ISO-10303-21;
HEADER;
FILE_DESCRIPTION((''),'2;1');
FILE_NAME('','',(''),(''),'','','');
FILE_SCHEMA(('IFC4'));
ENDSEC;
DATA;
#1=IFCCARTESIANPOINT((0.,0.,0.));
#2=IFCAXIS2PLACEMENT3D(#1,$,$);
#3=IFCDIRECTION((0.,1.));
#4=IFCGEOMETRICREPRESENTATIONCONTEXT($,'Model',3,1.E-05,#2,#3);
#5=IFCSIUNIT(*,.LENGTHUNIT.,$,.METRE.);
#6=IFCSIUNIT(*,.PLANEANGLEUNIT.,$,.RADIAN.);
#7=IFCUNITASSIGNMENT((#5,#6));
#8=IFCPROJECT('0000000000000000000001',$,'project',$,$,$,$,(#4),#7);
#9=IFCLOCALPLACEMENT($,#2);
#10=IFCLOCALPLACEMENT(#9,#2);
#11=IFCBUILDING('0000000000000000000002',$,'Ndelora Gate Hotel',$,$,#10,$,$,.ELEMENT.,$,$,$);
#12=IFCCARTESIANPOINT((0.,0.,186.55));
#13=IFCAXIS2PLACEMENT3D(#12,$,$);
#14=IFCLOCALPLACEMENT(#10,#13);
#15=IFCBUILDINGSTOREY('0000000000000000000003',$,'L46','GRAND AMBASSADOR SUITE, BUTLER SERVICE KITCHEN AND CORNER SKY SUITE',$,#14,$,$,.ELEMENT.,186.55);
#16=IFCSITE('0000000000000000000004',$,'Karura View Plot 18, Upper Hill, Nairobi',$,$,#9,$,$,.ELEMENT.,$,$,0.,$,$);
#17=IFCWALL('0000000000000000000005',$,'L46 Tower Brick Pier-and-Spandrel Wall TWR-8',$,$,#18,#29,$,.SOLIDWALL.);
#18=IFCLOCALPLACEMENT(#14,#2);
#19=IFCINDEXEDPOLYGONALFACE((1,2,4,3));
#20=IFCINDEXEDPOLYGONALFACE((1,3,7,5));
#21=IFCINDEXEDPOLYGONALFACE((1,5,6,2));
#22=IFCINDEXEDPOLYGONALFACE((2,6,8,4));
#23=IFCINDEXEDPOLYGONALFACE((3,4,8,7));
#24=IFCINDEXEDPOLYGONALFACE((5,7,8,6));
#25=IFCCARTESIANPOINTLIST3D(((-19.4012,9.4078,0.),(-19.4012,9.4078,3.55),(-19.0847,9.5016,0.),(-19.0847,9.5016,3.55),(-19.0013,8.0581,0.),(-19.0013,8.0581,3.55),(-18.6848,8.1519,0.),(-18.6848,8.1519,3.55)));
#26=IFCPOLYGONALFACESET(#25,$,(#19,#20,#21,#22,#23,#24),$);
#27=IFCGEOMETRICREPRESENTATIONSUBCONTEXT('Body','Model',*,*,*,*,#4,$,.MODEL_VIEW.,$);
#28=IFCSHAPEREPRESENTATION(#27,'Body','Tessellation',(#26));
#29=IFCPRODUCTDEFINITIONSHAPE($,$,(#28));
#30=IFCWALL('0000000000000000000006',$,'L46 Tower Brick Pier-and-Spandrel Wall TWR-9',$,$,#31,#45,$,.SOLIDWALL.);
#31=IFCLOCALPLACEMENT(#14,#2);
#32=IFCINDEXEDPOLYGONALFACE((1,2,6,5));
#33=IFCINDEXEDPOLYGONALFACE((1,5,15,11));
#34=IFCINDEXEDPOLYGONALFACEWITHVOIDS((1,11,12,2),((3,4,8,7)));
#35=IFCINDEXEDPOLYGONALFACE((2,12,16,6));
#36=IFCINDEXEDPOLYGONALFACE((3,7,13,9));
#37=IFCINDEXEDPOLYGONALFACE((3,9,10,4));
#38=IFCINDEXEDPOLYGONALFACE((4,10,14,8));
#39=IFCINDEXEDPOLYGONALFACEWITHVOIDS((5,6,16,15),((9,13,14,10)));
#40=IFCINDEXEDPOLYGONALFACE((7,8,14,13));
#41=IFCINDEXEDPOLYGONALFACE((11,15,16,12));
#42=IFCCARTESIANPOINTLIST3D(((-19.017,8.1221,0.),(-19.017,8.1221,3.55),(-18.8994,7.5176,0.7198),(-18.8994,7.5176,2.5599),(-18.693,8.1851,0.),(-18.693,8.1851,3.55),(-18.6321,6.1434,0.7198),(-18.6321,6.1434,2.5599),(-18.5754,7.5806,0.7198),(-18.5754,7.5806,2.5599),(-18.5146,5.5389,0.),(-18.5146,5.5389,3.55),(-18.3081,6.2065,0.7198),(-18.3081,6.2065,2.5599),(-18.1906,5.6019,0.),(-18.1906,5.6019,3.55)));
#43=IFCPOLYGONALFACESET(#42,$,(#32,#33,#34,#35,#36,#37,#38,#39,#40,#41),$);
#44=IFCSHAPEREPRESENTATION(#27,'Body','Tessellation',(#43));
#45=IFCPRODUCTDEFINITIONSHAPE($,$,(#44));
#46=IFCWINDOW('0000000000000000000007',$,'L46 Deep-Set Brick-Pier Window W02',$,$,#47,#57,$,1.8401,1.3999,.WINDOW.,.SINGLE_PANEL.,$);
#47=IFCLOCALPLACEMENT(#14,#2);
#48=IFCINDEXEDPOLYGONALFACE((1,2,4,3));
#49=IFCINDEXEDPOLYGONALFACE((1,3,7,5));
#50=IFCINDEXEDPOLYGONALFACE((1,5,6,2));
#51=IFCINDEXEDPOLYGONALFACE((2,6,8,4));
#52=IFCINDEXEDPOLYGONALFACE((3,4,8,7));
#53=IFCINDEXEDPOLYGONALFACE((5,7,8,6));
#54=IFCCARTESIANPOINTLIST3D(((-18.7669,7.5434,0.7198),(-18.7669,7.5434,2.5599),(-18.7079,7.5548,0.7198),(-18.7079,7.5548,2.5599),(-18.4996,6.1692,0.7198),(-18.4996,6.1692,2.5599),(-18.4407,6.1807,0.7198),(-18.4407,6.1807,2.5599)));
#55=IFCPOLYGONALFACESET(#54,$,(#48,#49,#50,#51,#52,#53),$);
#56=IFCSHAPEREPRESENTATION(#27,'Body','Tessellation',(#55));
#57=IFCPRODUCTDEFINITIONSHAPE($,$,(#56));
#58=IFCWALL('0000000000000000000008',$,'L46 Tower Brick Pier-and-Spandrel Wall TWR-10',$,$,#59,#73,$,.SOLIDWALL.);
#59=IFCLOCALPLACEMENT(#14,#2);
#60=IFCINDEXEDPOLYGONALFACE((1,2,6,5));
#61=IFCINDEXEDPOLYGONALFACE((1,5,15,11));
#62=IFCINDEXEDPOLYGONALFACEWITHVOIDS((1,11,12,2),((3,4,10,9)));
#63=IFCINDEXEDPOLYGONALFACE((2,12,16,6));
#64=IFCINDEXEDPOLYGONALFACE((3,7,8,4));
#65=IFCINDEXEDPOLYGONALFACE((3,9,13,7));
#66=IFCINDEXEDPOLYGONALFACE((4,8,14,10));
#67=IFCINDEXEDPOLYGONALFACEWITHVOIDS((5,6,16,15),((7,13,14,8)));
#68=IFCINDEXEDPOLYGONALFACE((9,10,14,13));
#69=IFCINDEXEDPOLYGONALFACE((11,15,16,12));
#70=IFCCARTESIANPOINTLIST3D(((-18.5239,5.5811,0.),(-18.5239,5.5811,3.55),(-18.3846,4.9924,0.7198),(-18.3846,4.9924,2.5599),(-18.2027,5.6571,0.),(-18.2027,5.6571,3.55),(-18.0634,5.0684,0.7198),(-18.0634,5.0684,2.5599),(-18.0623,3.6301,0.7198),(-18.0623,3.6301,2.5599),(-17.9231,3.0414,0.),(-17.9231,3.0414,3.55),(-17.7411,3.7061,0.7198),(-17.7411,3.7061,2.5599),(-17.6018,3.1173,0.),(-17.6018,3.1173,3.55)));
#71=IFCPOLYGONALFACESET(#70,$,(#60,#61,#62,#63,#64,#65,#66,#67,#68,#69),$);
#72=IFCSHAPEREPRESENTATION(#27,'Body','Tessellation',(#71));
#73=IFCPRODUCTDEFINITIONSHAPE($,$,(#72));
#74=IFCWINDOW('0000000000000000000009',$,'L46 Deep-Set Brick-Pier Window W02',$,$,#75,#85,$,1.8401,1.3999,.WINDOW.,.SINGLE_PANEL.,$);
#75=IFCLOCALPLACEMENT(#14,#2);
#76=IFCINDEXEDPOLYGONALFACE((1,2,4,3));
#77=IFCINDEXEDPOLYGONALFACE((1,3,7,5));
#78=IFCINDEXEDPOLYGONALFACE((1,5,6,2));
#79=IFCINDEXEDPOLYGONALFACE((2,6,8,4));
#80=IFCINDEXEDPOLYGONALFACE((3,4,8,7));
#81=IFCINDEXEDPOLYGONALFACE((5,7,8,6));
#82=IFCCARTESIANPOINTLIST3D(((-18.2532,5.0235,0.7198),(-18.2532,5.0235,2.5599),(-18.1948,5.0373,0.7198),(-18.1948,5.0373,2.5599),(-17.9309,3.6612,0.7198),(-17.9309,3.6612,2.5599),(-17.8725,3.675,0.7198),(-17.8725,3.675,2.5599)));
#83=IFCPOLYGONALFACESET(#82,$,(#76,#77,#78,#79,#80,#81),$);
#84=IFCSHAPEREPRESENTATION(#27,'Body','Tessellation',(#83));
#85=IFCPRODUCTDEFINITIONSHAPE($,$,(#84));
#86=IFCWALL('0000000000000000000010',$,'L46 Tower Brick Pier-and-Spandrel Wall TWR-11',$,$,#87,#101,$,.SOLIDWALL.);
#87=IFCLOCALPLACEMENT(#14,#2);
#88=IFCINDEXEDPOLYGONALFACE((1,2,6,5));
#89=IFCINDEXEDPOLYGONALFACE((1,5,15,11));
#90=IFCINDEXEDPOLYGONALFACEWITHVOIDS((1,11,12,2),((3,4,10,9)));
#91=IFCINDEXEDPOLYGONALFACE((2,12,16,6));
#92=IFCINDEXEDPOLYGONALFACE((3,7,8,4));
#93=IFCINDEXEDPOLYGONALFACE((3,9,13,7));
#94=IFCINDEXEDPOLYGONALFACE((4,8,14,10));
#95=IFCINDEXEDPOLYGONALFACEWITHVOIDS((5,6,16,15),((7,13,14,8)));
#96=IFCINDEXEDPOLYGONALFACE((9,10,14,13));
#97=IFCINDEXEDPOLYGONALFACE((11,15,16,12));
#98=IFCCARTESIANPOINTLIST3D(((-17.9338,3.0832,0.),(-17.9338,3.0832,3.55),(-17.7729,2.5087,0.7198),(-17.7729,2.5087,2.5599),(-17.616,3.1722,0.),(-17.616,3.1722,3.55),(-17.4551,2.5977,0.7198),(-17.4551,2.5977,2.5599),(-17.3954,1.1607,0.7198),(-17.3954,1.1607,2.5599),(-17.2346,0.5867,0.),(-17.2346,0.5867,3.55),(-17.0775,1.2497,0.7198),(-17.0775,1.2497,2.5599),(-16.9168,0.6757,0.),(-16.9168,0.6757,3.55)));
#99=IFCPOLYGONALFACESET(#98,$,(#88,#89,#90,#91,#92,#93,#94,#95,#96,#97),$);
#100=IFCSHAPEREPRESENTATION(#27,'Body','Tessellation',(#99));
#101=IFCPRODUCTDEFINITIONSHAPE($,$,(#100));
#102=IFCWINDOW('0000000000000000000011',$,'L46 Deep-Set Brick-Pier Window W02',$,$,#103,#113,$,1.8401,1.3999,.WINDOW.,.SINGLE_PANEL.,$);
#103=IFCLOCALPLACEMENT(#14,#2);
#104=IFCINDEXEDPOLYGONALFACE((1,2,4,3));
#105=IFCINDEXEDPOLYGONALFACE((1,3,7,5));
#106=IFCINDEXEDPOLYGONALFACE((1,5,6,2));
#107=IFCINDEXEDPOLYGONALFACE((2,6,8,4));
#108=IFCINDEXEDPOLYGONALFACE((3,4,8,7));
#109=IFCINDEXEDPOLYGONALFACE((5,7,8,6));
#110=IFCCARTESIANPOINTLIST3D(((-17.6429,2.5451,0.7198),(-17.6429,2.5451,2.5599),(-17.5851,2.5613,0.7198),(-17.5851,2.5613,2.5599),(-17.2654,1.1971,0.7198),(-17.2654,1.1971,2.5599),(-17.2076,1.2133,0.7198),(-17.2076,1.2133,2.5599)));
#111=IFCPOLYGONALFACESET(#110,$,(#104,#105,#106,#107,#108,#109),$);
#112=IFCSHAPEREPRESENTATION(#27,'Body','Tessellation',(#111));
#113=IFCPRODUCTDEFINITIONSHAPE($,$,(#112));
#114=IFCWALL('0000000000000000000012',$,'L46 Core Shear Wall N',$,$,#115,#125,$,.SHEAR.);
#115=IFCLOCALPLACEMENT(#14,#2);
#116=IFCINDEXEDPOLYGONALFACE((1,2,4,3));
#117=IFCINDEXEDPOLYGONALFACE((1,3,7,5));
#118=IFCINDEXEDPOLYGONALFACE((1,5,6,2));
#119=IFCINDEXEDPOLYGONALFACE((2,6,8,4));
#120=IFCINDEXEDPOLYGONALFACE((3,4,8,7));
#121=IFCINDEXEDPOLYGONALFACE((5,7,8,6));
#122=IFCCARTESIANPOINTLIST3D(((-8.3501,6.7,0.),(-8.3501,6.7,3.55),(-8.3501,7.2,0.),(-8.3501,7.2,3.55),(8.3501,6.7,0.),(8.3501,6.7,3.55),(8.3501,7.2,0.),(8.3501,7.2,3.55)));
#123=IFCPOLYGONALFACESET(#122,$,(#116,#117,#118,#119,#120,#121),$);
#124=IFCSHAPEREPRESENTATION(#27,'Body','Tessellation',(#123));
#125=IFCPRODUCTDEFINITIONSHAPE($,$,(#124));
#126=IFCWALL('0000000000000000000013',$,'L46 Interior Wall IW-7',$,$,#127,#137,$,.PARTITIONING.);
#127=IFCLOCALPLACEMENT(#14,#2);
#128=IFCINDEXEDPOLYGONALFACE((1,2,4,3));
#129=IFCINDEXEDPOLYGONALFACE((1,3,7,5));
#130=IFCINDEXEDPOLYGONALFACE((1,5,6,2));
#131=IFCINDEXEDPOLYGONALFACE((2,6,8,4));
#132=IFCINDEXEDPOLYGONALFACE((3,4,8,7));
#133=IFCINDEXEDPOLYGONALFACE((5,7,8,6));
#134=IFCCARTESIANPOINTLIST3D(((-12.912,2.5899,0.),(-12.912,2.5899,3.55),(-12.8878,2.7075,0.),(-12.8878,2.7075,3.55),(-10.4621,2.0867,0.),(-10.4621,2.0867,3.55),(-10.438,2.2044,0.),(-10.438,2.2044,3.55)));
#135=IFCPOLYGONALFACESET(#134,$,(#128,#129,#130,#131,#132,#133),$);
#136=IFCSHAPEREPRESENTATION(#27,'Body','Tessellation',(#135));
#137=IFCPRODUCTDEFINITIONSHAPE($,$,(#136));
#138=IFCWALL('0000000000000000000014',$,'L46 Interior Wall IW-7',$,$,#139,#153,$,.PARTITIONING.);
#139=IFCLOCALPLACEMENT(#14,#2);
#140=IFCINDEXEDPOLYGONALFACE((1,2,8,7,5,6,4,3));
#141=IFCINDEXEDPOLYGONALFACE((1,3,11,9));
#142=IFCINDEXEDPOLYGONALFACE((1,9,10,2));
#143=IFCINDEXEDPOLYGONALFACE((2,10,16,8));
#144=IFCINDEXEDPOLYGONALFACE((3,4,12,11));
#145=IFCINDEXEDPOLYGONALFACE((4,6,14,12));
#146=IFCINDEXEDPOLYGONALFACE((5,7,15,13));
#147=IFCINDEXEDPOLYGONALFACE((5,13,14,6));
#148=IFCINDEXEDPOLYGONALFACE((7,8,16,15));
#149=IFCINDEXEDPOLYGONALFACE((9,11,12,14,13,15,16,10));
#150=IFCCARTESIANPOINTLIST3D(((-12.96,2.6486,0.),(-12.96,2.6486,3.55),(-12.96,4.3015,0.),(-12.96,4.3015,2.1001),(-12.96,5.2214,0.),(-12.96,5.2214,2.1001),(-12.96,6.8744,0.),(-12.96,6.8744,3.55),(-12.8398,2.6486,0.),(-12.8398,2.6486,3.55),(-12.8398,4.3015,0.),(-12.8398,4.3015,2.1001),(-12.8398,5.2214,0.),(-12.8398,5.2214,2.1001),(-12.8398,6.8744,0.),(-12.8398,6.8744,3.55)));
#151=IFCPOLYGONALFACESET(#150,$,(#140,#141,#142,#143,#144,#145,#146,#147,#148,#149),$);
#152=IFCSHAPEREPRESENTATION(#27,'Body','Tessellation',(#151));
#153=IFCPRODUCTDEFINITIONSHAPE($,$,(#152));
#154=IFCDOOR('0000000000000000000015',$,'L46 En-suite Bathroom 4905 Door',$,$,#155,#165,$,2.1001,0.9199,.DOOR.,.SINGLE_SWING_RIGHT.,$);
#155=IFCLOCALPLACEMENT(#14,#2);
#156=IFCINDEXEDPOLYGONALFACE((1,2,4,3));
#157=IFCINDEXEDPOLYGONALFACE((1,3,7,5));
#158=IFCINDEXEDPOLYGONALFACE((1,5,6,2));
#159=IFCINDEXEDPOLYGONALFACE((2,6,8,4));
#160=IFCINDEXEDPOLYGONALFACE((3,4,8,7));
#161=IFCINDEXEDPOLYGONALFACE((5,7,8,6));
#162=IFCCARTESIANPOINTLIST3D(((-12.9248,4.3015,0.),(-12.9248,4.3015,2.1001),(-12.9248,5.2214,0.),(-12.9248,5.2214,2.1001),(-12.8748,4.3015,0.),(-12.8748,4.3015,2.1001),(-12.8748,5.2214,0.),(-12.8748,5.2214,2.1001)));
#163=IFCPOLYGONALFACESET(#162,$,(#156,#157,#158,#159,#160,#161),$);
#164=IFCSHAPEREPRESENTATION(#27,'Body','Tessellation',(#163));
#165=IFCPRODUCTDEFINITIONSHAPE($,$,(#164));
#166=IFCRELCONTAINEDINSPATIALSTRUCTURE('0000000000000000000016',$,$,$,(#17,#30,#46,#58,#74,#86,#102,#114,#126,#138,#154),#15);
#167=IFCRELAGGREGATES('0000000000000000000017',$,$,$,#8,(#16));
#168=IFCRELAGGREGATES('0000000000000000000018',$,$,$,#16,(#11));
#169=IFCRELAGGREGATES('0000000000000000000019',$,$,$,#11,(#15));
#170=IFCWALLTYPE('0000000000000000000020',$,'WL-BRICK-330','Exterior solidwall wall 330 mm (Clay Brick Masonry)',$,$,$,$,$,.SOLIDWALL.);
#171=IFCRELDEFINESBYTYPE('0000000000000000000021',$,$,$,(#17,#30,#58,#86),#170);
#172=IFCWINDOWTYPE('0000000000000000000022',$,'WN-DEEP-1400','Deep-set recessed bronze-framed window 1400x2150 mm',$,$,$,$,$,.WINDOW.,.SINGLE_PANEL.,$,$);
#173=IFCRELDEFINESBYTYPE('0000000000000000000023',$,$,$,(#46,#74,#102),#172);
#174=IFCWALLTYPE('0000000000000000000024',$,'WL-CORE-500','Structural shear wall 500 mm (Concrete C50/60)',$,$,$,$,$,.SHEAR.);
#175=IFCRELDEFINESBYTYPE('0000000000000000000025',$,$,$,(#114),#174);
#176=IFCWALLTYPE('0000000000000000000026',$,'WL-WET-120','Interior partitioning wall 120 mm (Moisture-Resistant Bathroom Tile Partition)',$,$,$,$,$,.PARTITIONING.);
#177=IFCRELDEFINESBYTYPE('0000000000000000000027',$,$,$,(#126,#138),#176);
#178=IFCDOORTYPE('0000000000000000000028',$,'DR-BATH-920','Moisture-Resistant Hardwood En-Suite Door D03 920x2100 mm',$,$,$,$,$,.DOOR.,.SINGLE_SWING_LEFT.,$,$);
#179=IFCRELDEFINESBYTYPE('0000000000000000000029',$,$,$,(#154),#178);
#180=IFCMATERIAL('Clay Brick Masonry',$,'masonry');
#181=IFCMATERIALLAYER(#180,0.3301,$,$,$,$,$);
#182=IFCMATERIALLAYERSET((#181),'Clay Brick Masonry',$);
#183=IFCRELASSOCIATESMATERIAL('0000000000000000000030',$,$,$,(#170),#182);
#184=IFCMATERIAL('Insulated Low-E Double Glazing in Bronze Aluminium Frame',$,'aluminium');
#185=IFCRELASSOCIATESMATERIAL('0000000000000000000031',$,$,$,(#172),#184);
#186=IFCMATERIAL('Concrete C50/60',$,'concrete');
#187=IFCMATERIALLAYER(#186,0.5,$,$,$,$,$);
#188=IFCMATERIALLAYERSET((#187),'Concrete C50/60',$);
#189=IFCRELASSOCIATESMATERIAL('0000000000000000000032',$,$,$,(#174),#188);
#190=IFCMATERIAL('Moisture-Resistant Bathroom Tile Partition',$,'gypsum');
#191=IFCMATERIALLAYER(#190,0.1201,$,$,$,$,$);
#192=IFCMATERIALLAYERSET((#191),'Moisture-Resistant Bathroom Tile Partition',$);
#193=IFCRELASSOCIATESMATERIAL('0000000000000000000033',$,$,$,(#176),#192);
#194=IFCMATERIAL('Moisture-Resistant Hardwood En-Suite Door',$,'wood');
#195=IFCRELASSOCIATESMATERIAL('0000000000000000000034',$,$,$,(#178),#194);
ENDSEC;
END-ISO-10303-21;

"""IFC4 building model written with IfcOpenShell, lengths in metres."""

from ifc_helpers import new_model, si_unit, direction, frame, frame_2d, origin, place, context, subcontext, project, spatial, rectangle, extrude, material, layer, layer_set, type_object, element, fill, save


model = new_model("IFC4")

# Units and contexts
model_context = context("Model", 3, precision=1e-05, world=origin(), true_north=direction((0.0, 1.0)))
body_context = subcontext(model_context, "Body", "Model", "MODEL_VIEW")
ifc_project = project(units=[si_unit("LENGTHUNIT", "METRE"), si_unit("PLANEANGLEUNIT", "RADIAN")], contexts=[model_context])

# Site, building, storey
site_placement = place(None, origin())
site = spatial("IfcSite", under=ifc_project, at=site_placement, Name="Karura View Plot 18, Upper Hill, Nairobi", CompositionType="ELEMENT", RefElevation=0.0)
building_placement = place(site_placement, origin())
building = spatial("IfcBuilding", under=site, at=building_placement, Name="Ndelora Gate Hotel", CompositionType="ELEMENT")
storey_placement = place(building_placement, frame((0.0, 0.0, 186.55)))
storey = spatial("IfcBuildingStorey", under=building, at=storey_placement, Name="L46", Description="GRAND AMBASSADOR SUITE, BUTLER SERVICE KITCHEN AND CORNER SKY SUITE", CompositionType="ELEMENT", Elevation=186.55)

# Shared definitions
ifc_material_1 = material(Name="Concrete C50/60", Category="concrete")

# Wall
ifc_material_2 = material(Name="Clay Brick Masonry", Category="masonry")
ifc_layer_1 = layer(ifc_material_2, 0.3301)
ifc_layer_set_1 = layer_set([ifc_layer_1], Name="Clay Brick Masonry")
wall_type_1 = type_object("IfcWallType", Name="WL-BRICK-330", Description="Exterior solidwall wall 330 mm (Clay Brick Masonry)", PredefinedType="SOLIDWALL", material=ifc_layer_set_1)
wall_1_placement = place(storey_placement, frame((-18.843, 8.105, 0.0), z_axis=(0.0, 0.0, 1.0), x_axis=(-0.2841, 0.958795, 0.0)))
element("IfcWall", 1, at=wall_1_placement, inside=storey, type_object=wall_type_1, Name="L46 Tower Brick Pier-and-Spandrel Wall TWR-8", PredefinedType="SOLIDWALL", context=body_context, shape_type="SweptSolid", body=[
    extrude(rectangle(XDim=1.4077, YDim=0.3301, at=frame_2d((0.7039, 0.0))), origin(), (0.0, 0.0, 1.0), 3.55),
])

# Walls, openings, windows
wall_2_placement = place(storey_placement, frame((-18.3525, 5.5703, 0.0), z_axis=(0.0, 0.0, 1.0), x_axis=(-0.190922, 0.981605, 0.0)))
wall_2 = element("IfcWall", 2, at=wall_2_placement, inside=storey, type_object=wall_type_1, Name="L46 Tower Brick Pier-and-Spandrel Wall TWR-9", PredefinedType="SOLIDWALL", context=body_context, shape_type="SweptSolid", body=[
    extrude(rectangle(XDim=2.6316, YDim=0.3301, at=frame_2d((1.3159, 0.0))), origin(), (0.0, 0.0, 1.0), 3.55),
])
opening_1_placement = place(wall_2_placement, frame((0.616, 0.0, 0.72)))
opening_1 = element("IfcOpeningElement", 3, at=opening_1_placement, cuts=wall_2, PredefinedType="OPENING", context=body_context, shape_type="SweptSolid", body=[
    extrude(rectangle(XDim=1.3999, YDim=1.8401, at=frame_2d((0.7, 0.9199))), frame((0.0, 0.175, 0.0), z_axis=(0.0, -1.0, 0.0), x_axis=(1.0, 0.0, 0.0)), (0.0, 0.0, 1.0), 0.3501),
])
ifc_material_3 = material(Name="Insulated Low-E Double Glazing in Bronze Aluminium Frame", Category="aluminium")
window_type = type_object("IfcWindowType", Name="WN-DEEP-1400", Description="Deep-set recessed bronze-framed window 1400x2150 mm", PartitioningType="SINGLE_PANEL", PredefinedType="WINDOW", material=ifc_material_3)
window_1_placement = place(opening_1_placement, origin())
window_1 = element("IfcWindow", 4, at=window_1_placement, inside=storey, type_object=window_type, Name="L46 Deep-Set Brick-Pier Window W02", OverallHeight=1.8401, OverallWidth=1.3999, PartitioningType="SINGLE_PANEL", PredefinedType="WINDOW", context=body_context, shape_type="SweptSolid", body=[
    extrude(rectangle(XDim=1.3999, YDim=1.8401, at=frame_2d((0.7, 0.9199))), frame((0.0, 0.03, 0.0), z_axis=(0.0, -1.0, 0.0), x_axis=(1.0, 0.0, 0.0)), (0.0, 0.0, 1.0), 0.0601),
])
fill(opening_1, window_1)
wall_3_placement = place(storey_placement, frame((-17.7625, 3.0793, 0.0), z_axis=(0.0, 0.0, 1.0), x_axis=(-0.230212, 0.97314, 0.0)))
wall_3 = element("IfcWall", 5, at=wall_3_placement, inside=storey, type_object=wall_type_1, Name="L46 Tower Brick Pier-and-Spandrel Wall TWR-10", PredefinedType="SOLIDWALL", context=body_context, shape_type="SweptSolid", body=[
    extrude(rectangle(XDim=2.6099, YDim=0.3301, at=frame_2d((1.3049, 0.0))), origin(), (0.0, 0.0, 1.0), 3.55),
])
opening_2_placement = place(wall_3_placement, frame((0.605, 0.0, 0.72)))
opening_2 = element("IfcOpeningElement", 6, at=opening_2_placement, cuts=wall_3, PredefinedType="OPENING", context=body_context, shape_type="SweptSolid", body=[
    extrude(rectangle(XDim=1.3999, YDim=1.8401, at=frame_2d((0.7, 0.9199))), frame((0.0, 0.175, 0.0), z_axis=(0.0, -1.0, 0.0), x_axis=(1.0, 0.0, 0.0)), (0.0, 0.0, 1.0), 0.3501),
])
window_2_placement = place(opening_2_placement, origin())
window_2 = element("IfcWindow", 7, at=window_2_placement, inside=storey, type_object=window_type, Name="L46 Deep-Set Brick-Pier Window W02", OverallHeight=1.8401, OverallWidth=1.3999, PartitioningType="SINGLE_PANEL", PredefinedType="WINDOW", context=body_context, shape_type="SweptSolid", body=[
    extrude(rectangle(XDim=1.3999, YDim=1.8401, at=frame_2d((0.7, 0.9199))), frame((0.0, 0.03, 0.0), z_axis=(0.0, -1.0, 0.0), x_axis=(1.0, 0.0, 0.0)), (0.0, 0.0, 1.0), 0.0601),
])
fill(opening_2, window_2)
wall_4_placement = place(storey_placement, frame((-17.0757, 0.6311, 0.0), z_axis=(0.0, 0.0, 1.0), x_axis=(-0.269693, 0.962946, 0.0)))
wall_4 = element("IfcWall", 8, at=wall_4_placement, inside=storey, type_object=wall_type_1, Name="L46 Tower Brick Pier-and-Spandrel Wall TWR-11", PredefinedType="SOLIDWALL", context=body_context, shape_type="SweptSolid", body=[
    extrude(rectangle(XDim=2.5925, YDim=0.3301, at=frame_2d((1.2964, 0.0))), origin(), (0.0, 0.0, 1.0), 3.55),
])
opening_3_placement = place(wall_4_placement, frame((0.5962, 0.0, 0.72)))
opening_3 = element("IfcOpeningElement", 9, at=opening_3_placement, cuts=wall_4, PredefinedType="OPENING", context=body_context, shape_type="SweptSolid", body=[
    extrude(rectangle(XDim=1.3999, YDim=1.8401, at=frame_2d((0.7, 0.9199))), frame((0.0, 0.175, 0.0), z_axis=(0.0, -1.0, 0.0), x_axis=(1.0, 0.0, 0.0)), (0.0, 0.0, 1.0), 0.3501),
])
window_3_placement = place(opening_3_placement, origin())
window_3 = element("IfcWindow", 10, at=window_3_placement, inside=storey, type_object=window_type, Name="L46 Deep-Set Brick-Pier Window W02", OverallHeight=1.8401, OverallWidth=1.3999, PartitioningType="SINGLE_PANEL", PredefinedType="WINDOW", context=body_context, shape_type="SweptSolid", body=[
    extrude(rectangle(XDim=1.3999, YDim=1.8401, at=frame_2d((0.7, 0.9199))), frame((0.0, 0.03, 0.0), z_axis=(0.0, -1.0, 0.0), x_axis=(1.0, 0.0, 0.0)), (0.0, 0.0, 1.0), 0.0601),
])
fill(opening_3, window_3)

# Wall
ifc_layer_2 = layer(ifc_material_1, 0.5)
ifc_layer_set_2 = layer_set([ifc_layer_2], Name="Concrete C50/60")
wall_type_2 = type_object("IfcWallType", Name="WL-CORE-500", Description="Structural shear wall 500 mm (Concrete C50/60)", PredefinedType="SHEAR", material=ifc_layer_set_2)
wall_5_placement = place(storey_placement, frame((-8.3501, 6.95, 0.0), z_axis=(0.0, 0.0, 1.0), x_axis=(1.0, 0.0, 0.0)))
element("IfcWall", 11, at=wall_5_placement, inside=storey, type_object=wall_type_2, Name="L46 Core Shear Wall N", PredefinedType="SHEAR", context=body_context, shape_type="SweptSolid", body=[
    extrude(rectangle(XDim=16.7002, YDim=0.5, at=frame_2d((8.3501, 0.0))), origin(), (0.0, 0.0, 1.0), 3.55),
])

# Wall
ifc_material_4 = material(Name="Moisture-Resistant Bathroom Tile Partition", Category="gypsum")
ifc_layer_3 = layer(ifc_material_4, 0.1201)
ifc_layer_set_3 = layer_set([ifc_layer_3], Name="Moisture-Resistant Bathroom Tile Partition")
wall_type_3 = type_object("IfcWallType", Name="WL-WET-120", Description="Interior partitioning wall 120 mm (Moisture-Resistant Bathroom Tile Partition)", PredefinedType="PARTITIONING", material=ifc_layer_set_3)
wall_6_placement = place(storey_placement, frame((-12.8999, 2.6487, 0.0), z_axis=(0.0, 0.0, 1.0), x_axis=(0.979554, -0.201182, 0.0)))
element("IfcWall", 12, at=wall_6_placement, inside=storey, type_object=wall_type_3, Name="L46 Interior Wall IW-7", PredefinedType="PARTITIONING", context=body_context, shape_type="SweptSolid", body=[
    extrude(rectangle(XDim=2.501, YDim=0.1201, at=frame_2d((1.2505, 0.0))), origin(), (0.0, 0.0, 1.0), 3.55),
])

# Wall, opening, door
wall_7_placement = place(storey_placement, frame((-12.8999, 2.6487, 0.0), z_axis=(0.0, 0.0, 1.0), x_axis=(0.0, 1.0, 0.0)))
wall_7 = element("IfcWall", 13, at=wall_7_placement, inside=storey, type_object=wall_type_3, Name="L46 Interior Wall IW-7", PredefinedType="PARTITIONING", context=body_context, shape_type="SweptSolid", body=[
    extrude(rectangle(XDim=4.2258, YDim=0.1201, at=frame_2d((2.1128, 0.0))), origin(), (0.0, 0.0, 1.0), 3.55),
])
opening_4_placement = place(wall_7_placement, frame((1.6528, 0.0, 0.0)))
opening_4 = element("IfcOpeningElement", 14, at=opening_4_placement, cuts=wall_7, PredefinedType="OPENING", context=body_context, shape_type="SweptSolid", body=[
    extrude(rectangle(XDim=0.9199, YDim=2.1001, at=frame_2d((0.46, 1.05))), frame((0.0, 0.0701, 0.0), z_axis=(0.0, -1.0, 0.0), x_axis=(1.0, 0.0, 0.0)), (0.0, 0.0, 1.0), 0.1401),
])
ifc_material_5 = material(Name="Moisture-Resistant Hardwood En-Suite Door", Category="wood")
door_type_1 = type_object("IfcDoorType", Name="DR-BATH-920", Description="Moisture-Resistant Hardwood En-Suite Door D03 920x2100 mm", OperationType="SINGLE_SWING_LEFT", PredefinedType="DOOR", material=ifc_material_5)
door_1_placement = place(opening_4_placement, origin())
door_1 = element("IfcDoor", 15, at=door_1_placement, inside=storey, type_object=door_type_1, Name="L46 En-suite Bathroom 4905 Door", OperationType="SINGLE_SWING_RIGHT", OverallHeight=2.1001, OverallWidth=0.9199, PredefinedType="DOOR", context=body_context, shape_type="SweptSolid", body=[
    extrude(rectangle(XDim=0.9199, YDim=2.1001, at=frame_2d((0.46, 1.05))), frame((0.0, 0.0249, 0.0), z_axis=(0.0, -1.0, 0.0), x_axis=(1.0, 0.0, 0.0)), (0.0, 0.0, 1.0), 0.05),
])
fill(opening_4, door_1)

save(model, "model.ifc")
